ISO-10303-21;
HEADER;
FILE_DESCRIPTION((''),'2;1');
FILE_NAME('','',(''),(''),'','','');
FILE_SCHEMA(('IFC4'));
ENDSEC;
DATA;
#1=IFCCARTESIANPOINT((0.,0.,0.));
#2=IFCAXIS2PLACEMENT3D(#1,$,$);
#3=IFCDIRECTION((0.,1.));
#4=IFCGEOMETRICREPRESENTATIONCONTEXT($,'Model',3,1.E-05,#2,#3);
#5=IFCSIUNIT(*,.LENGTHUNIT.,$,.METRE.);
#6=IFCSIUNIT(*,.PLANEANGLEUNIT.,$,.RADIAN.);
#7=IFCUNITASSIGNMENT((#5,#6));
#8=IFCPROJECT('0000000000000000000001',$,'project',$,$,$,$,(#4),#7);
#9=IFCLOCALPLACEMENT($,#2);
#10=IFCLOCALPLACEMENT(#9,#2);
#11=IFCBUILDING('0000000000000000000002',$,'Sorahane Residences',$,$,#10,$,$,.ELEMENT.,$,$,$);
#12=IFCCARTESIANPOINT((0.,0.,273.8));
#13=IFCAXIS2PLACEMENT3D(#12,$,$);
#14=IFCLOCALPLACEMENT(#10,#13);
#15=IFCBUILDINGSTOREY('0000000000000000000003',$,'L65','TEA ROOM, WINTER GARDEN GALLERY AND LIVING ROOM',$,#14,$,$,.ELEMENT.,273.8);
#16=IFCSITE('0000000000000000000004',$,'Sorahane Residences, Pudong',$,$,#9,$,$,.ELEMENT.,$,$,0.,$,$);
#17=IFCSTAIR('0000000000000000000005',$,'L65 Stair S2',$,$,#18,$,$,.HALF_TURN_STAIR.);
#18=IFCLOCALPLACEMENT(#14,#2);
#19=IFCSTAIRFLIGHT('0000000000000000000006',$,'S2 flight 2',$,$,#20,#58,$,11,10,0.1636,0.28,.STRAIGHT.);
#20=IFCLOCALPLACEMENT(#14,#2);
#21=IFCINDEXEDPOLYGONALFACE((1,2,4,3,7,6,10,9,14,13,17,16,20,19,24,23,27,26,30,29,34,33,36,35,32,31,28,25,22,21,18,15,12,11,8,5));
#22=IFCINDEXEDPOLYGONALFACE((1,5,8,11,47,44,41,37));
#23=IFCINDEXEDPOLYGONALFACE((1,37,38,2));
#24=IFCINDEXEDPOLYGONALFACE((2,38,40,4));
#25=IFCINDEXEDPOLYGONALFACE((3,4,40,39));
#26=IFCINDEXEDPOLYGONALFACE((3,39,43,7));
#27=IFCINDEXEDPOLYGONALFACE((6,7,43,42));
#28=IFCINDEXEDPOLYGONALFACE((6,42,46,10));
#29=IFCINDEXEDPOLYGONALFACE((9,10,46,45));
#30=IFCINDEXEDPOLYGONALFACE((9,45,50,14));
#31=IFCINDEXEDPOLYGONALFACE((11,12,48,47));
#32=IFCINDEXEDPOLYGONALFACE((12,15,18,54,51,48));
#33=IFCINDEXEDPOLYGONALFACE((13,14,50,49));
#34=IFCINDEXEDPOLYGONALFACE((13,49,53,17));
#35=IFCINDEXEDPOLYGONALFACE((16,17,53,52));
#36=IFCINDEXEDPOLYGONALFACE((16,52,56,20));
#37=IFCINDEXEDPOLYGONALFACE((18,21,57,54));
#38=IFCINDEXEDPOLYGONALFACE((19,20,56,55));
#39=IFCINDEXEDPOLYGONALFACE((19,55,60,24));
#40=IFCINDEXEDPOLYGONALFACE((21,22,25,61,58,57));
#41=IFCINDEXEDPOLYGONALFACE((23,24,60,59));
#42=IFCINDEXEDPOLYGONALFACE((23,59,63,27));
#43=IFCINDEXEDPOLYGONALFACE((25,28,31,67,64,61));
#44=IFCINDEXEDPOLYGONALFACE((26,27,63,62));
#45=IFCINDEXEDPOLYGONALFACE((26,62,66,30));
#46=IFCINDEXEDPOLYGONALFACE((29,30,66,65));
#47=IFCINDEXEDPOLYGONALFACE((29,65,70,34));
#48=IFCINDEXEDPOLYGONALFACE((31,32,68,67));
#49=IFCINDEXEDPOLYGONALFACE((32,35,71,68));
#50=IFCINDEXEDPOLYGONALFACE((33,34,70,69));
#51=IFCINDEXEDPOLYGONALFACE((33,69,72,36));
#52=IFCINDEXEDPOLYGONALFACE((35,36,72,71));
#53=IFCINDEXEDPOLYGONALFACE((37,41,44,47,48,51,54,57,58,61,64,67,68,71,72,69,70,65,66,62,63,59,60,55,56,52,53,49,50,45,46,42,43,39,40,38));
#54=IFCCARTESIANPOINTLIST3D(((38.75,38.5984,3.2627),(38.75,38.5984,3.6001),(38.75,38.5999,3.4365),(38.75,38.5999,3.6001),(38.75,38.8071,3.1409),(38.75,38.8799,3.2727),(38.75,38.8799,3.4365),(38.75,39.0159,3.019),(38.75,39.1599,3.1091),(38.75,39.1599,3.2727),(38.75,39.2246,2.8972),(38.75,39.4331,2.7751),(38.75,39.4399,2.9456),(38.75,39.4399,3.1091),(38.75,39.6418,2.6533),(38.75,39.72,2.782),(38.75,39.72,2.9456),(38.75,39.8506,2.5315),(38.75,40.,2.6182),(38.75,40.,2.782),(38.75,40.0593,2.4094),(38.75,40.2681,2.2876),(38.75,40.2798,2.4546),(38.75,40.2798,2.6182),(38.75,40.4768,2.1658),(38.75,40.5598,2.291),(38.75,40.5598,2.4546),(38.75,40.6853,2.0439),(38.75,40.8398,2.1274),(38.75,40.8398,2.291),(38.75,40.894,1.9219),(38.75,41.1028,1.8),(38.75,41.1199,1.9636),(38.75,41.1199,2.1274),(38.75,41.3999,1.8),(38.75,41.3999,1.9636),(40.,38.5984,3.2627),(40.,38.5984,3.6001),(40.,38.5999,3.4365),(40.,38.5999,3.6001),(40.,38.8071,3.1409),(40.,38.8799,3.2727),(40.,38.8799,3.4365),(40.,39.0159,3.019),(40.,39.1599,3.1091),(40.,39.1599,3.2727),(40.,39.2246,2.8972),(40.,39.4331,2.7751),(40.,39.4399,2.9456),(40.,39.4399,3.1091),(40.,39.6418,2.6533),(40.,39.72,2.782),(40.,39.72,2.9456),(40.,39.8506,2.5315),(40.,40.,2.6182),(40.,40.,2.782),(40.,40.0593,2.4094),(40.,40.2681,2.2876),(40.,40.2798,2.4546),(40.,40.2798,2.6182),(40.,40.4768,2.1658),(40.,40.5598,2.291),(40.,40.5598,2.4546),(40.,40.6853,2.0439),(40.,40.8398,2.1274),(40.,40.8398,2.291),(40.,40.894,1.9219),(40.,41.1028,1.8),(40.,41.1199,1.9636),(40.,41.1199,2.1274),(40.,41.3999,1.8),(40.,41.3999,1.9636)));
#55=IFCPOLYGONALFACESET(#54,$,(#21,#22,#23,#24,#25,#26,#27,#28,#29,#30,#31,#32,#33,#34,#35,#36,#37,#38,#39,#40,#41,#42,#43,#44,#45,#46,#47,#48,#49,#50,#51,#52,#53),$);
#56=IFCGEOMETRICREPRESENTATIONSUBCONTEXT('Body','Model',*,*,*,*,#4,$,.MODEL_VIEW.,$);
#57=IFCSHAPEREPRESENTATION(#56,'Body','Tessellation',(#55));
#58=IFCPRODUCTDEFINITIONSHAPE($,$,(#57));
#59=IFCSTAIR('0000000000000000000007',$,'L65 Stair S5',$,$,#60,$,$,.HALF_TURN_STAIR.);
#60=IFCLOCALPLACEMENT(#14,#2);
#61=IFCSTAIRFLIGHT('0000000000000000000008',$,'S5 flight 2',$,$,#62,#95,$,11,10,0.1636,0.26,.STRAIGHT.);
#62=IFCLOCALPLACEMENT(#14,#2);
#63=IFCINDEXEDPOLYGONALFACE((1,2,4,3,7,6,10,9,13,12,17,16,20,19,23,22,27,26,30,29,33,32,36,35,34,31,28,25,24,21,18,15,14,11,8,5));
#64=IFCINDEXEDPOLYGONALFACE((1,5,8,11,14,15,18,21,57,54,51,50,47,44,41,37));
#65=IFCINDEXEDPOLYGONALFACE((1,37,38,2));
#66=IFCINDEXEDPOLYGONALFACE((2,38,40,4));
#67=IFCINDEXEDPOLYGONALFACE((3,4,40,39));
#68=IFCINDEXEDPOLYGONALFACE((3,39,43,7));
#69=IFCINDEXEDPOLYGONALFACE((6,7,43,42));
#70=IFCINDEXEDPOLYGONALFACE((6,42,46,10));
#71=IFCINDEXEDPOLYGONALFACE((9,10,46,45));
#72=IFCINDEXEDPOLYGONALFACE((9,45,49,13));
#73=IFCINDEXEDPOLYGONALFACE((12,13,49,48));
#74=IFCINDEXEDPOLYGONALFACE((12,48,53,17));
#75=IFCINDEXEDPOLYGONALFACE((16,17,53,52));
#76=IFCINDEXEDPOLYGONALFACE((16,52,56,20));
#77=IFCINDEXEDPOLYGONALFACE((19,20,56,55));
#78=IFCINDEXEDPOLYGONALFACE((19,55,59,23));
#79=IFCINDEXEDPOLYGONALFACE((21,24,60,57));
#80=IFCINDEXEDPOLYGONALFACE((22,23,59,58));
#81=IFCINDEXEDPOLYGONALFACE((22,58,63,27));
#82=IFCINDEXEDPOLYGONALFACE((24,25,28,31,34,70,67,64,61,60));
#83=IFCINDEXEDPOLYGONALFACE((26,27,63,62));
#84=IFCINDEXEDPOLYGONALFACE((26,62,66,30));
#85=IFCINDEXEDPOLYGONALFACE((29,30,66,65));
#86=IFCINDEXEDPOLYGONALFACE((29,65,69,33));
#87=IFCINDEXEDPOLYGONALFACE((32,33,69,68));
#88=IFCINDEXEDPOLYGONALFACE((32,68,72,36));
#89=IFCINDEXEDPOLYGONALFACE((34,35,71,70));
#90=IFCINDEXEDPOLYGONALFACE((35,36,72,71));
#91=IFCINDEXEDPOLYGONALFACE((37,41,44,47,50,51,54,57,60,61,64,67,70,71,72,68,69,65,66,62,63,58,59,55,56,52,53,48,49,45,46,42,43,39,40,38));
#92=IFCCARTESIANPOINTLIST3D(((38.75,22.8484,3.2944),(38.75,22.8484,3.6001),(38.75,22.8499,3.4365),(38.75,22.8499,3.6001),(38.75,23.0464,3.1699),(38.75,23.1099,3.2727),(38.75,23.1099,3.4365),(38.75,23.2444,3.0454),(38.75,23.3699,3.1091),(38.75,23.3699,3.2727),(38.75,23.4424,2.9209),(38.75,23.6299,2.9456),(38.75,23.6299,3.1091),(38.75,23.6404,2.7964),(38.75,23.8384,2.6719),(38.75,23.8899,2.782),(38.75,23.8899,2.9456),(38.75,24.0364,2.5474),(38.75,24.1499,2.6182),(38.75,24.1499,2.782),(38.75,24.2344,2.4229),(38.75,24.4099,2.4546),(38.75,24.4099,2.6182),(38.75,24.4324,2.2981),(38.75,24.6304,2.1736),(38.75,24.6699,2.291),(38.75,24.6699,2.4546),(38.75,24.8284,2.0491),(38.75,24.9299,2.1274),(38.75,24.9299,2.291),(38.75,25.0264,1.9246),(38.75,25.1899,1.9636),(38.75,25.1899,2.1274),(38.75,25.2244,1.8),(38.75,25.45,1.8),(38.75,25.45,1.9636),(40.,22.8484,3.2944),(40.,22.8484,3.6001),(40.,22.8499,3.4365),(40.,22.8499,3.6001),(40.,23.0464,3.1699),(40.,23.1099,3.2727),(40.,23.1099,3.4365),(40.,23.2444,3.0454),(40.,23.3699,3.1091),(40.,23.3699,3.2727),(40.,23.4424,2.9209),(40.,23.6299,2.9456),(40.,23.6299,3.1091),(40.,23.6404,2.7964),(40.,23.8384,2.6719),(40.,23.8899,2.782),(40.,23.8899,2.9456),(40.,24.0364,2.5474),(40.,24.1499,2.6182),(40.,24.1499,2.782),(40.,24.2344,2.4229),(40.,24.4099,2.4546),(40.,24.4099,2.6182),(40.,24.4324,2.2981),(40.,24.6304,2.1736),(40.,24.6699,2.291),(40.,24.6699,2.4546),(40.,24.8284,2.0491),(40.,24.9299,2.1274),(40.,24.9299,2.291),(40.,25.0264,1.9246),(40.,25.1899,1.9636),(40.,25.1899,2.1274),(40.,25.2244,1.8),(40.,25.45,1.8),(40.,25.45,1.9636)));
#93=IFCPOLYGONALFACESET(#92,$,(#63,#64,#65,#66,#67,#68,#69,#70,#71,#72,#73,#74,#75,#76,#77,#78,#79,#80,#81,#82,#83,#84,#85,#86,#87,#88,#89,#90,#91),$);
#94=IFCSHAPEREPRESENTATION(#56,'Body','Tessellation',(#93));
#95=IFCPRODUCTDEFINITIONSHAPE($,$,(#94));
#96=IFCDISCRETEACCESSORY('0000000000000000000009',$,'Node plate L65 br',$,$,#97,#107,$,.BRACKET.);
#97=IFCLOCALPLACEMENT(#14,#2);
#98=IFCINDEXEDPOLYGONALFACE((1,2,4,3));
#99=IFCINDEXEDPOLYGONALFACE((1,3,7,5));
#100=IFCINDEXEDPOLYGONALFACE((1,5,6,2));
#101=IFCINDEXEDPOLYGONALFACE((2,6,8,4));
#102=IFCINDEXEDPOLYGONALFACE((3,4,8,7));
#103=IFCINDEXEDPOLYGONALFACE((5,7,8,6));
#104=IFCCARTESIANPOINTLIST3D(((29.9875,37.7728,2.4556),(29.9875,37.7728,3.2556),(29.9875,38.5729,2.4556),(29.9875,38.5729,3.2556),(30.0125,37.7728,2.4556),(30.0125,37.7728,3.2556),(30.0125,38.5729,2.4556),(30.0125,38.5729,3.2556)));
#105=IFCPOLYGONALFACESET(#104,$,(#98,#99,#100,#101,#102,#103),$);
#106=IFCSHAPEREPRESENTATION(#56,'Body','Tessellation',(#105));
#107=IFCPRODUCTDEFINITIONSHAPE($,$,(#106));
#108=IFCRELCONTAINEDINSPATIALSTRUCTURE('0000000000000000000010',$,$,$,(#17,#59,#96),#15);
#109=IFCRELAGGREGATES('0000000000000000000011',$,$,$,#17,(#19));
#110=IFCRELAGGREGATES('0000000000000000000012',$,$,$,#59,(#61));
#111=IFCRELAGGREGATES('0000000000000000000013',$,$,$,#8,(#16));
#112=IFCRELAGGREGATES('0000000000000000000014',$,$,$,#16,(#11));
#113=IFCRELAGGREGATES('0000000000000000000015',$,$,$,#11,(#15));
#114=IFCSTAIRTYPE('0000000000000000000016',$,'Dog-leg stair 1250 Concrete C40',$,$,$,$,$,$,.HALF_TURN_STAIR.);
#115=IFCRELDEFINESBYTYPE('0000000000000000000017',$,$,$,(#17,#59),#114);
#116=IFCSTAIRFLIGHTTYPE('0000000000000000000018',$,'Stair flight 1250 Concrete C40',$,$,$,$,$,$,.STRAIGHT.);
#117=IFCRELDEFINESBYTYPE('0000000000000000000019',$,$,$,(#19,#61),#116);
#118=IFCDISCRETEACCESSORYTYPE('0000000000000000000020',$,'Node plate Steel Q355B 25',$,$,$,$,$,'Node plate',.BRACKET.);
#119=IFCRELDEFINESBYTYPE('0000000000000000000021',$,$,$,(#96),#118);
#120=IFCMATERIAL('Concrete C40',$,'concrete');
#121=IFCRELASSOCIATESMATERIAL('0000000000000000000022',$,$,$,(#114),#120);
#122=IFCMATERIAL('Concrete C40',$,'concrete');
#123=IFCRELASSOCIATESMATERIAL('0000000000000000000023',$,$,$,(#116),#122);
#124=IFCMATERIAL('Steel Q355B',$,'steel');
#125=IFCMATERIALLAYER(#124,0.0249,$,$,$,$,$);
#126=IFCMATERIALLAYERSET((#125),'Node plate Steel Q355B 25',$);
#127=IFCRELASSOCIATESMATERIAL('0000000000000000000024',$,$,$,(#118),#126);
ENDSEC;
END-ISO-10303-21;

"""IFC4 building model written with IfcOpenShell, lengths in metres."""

from ifc_helpers import new_model, si_unit, direction, frame, origin, origin_2d, place, context, subcontext, project, spatial, polyline, rectangle, outline, extrude, material, layer, layer_set, type_object, element, aggregate, save


model = new_model("IFC4")

# Units and contexts
model_context = context("Model", 3, precision=1e-05, world=origin(), true_north=direction((0.0, 1.0)))
body_context = subcontext(model_context, "Body", "Model", "MODEL_VIEW")
ifc_project = project(units=[si_unit("LENGTHUNIT", "METRE"), si_unit("PLANEANGLEUNIT", "RADIAN")], contexts=[model_context])

# Site, building, storey
site_placement = place(None, origin())
site = spatial("IfcSite", under=ifc_project, at=site_placement, Name="Sorahane Residences, Pudong", CompositionType="ELEMENT", RefElevation=0.0)
building_placement = place(site_placement, origin())
building = spatial("IfcBuilding", under=site, at=building_placement, Name="Sorahane Residences", CompositionType="ELEMENT")
storey_placement = place(building_placement, frame((0.0, 0.0, 273.8)))
storey = spatial("IfcBuildingStorey", under=building, at=storey_placement, Name="L65", Description="TEA ROOM, WINTER GARDEN GALLERY AND LIVING ROOM", CompositionType="ELEMENT", Elevation=273.8)

# Stairs, stair flights
ifc_material_1 = material(Name="Concrete C40", Category="concrete")
stair_type = type_object("IfcStairType", Name="Dog-leg stair 1250 Concrete C40", PredefinedType="HALF_TURN_STAIR", material=ifc_material_1)
stair_1_placement = place(storey_placement, origin())
stair_1 = element("IfcStair", 1, at=stair_1_placement, inside=storey, type_object=stair_type, Name="L65 Stair S2", PredefinedType="HALF_TURN_STAIR")
ifc_material_2 = material(Name="Concrete C40", Category="concrete")
stair_flight_type = type_object("IfcStairFlightType", Name="Stair flight 1250 Concrete C40", PredefinedType="STRAIGHT", material=ifc_material_2)
stair_flight_1_placement = place(storey_placement, frame((39.375, 41.3999, 1.8), z_axis=(0.0, 0.0, 1.0), x_axis=(0.0, -1.0, 0.0)))
stair_flight_1 = element("IfcStairFlight", 2, at=stair_flight_1_placement, type_object=stair_flight_type, Name="S2 flight 2", NumberOfRisers=11, NumberOfTreads=10, PredefinedType="STRAIGHT", RiserHeight=0.1636, TreadLength=0.28, context=body_context, shape_type="SweptSolid", body=[
    extrude(outline(polyline([(0.0, 0.0), (0.0, 0.1636), (0.28, 0.1636), (0.28, 0.3274), (0.5601, 0.3274), (0.5601, 0.491), (0.8401, 0.491), (0.8401, 0.6545), (1.1201, 0.6545), (1.1201, 0.8181), (1.3999, 0.8181), (1.3999, 0.9819), (1.6799, 0.9819), (1.6799, 1.1455), (1.96, 1.1455), (1.96, 1.3091), (2.24, 1.3091), (2.24, 1.4727), (2.52, 1.4727), (2.52, 1.6365), (2.8, 1.6365), (2.8, 1.8), (2.8015, 1.8), (2.8015, 1.4626), (2.5928, 1.3408), (2.384, 1.219), (2.1753, 1.0972), (1.9668, 0.9751), (1.7581, 0.8533), (1.5493, 0.7314), (1.3406, 0.6094), (1.1318, 0.4875), (0.9231, 0.3657), (0.7146, 0.2439), (0.5059, 0.1218), (0.2971, 0.0), (0.0, 0.0)])), frame((0.0, 0.625, 0.0), z_axis=(0.0, -1.0, 0.0), x_axis=(1.0, 0.0, 0.0)), (0.0, 0.0, 1.0), 1.25),
])
aggregate(stair_1, [stair_flight_1])
stair_2_placement = place(storey_placement, origin())
stair_2 = element("IfcStair", 3, at=stair_2_placement, inside=storey, type_object=stair_type, Name="L65 Stair S5", PredefinedType="HALF_TURN_STAIR")
stair_flight_2_placement = place(storey_placement, frame((39.375, 25.45, 1.8), z_axis=(0.0, 0.0, 1.0), x_axis=(0.0, -1.0, 0.0)))
stair_flight_2 = element("IfcStairFlight", 4, at=stair_flight_2_placement, type_object=stair_flight_type, Name="S5 flight 2", NumberOfRisers=11, NumberOfTreads=10, PredefinedType="STRAIGHT", RiserHeight=0.1636, TreadLength=0.26, context=body_context, shape_type="SweptSolid", body=[
    extrude(outline(polyline([(0.0, 0.0), (0.0, 0.1636), (0.26, 0.1636), (0.26, 0.3274), (0.52, 0.3274), (0.52, 0.491), (0.78, 0.491), (0.78, 0.6545), (1.04, 0.6545), (1.04, 0.8181), (1.3, 0.8181), (1.3, 0.9819), (1.5601, 0.9819), (1.5601, 1.1455), (1.8201, 1.1455), (1.8201, 1.3091), (2.0801, 1.3091), (2.0801, 1.4727), (2.3401, 1.4727), (2.3401, 1.6365), (2.6001, 1.6365), (2.6001, 1.8), (2.6016, 1.8), (2.6016, 1.4944), (2.4036, 1.3699), (2.2056, 1.2454), (2.0076, 1.1208), (1.8096, 0.9963), (1.6116, 0.8718), (1.4136, 0.7473), (1.2156, 0.6228), (1.0176, 0.498), (0.8196, 0.3735), (0.6216, 0.249), (0.4236, 0.1245), (0.2256, 0.0), (0.0, 0.0)])), frame((0.0, 0.625, 0.0), z_axis=(0.0, -1.0, 0.0), x_axis=(1.0, 0.0, 0.0)), (0.0, 0.0, 1.0), 1.25),
])
aggregate(stair_2, [stair_flight_2])

# Discrete accessory
ifc_material_3 = material(Name="Steel Q355B", Category="steel")
ifc_layer_1 = layer(ifc_material_3, 0.0249)
ifc_layer_set_1 = layer_set([ifc_layer_1], Name="Node plate Steel Q355B 25")
discrete_accessory_type = type_object("IfcDiscreteAccessoryType", Name="Node plate Steel Q355B 25", ElementType="Node plate", PredefinedType="BRACKET", material=ifc_layer_set_1)
discrete_accessory_placement = place(storey_placement, frame((30.0, 38.1729, 2.4556), z_axis=(0.0, 0.0, 1.0), x_axis=(0.0, 1.0, 0.0)))
element("IfcDiscreteAccessory", 5, at=discrete_accessory_placement, inside=storey, type_object=discrete_accessory_type, Name="Node plate L65 br", PredefinedType="BRACKET", context=body_context, shape_type="SweptSolid", body=[
    extrude(rectangle(XDim=0.8, YDim=0.0249, at=origin_2d()), origin(), (0.0, 0.0, 1.0), 0.8),
])

save(model, "model.ifc")
